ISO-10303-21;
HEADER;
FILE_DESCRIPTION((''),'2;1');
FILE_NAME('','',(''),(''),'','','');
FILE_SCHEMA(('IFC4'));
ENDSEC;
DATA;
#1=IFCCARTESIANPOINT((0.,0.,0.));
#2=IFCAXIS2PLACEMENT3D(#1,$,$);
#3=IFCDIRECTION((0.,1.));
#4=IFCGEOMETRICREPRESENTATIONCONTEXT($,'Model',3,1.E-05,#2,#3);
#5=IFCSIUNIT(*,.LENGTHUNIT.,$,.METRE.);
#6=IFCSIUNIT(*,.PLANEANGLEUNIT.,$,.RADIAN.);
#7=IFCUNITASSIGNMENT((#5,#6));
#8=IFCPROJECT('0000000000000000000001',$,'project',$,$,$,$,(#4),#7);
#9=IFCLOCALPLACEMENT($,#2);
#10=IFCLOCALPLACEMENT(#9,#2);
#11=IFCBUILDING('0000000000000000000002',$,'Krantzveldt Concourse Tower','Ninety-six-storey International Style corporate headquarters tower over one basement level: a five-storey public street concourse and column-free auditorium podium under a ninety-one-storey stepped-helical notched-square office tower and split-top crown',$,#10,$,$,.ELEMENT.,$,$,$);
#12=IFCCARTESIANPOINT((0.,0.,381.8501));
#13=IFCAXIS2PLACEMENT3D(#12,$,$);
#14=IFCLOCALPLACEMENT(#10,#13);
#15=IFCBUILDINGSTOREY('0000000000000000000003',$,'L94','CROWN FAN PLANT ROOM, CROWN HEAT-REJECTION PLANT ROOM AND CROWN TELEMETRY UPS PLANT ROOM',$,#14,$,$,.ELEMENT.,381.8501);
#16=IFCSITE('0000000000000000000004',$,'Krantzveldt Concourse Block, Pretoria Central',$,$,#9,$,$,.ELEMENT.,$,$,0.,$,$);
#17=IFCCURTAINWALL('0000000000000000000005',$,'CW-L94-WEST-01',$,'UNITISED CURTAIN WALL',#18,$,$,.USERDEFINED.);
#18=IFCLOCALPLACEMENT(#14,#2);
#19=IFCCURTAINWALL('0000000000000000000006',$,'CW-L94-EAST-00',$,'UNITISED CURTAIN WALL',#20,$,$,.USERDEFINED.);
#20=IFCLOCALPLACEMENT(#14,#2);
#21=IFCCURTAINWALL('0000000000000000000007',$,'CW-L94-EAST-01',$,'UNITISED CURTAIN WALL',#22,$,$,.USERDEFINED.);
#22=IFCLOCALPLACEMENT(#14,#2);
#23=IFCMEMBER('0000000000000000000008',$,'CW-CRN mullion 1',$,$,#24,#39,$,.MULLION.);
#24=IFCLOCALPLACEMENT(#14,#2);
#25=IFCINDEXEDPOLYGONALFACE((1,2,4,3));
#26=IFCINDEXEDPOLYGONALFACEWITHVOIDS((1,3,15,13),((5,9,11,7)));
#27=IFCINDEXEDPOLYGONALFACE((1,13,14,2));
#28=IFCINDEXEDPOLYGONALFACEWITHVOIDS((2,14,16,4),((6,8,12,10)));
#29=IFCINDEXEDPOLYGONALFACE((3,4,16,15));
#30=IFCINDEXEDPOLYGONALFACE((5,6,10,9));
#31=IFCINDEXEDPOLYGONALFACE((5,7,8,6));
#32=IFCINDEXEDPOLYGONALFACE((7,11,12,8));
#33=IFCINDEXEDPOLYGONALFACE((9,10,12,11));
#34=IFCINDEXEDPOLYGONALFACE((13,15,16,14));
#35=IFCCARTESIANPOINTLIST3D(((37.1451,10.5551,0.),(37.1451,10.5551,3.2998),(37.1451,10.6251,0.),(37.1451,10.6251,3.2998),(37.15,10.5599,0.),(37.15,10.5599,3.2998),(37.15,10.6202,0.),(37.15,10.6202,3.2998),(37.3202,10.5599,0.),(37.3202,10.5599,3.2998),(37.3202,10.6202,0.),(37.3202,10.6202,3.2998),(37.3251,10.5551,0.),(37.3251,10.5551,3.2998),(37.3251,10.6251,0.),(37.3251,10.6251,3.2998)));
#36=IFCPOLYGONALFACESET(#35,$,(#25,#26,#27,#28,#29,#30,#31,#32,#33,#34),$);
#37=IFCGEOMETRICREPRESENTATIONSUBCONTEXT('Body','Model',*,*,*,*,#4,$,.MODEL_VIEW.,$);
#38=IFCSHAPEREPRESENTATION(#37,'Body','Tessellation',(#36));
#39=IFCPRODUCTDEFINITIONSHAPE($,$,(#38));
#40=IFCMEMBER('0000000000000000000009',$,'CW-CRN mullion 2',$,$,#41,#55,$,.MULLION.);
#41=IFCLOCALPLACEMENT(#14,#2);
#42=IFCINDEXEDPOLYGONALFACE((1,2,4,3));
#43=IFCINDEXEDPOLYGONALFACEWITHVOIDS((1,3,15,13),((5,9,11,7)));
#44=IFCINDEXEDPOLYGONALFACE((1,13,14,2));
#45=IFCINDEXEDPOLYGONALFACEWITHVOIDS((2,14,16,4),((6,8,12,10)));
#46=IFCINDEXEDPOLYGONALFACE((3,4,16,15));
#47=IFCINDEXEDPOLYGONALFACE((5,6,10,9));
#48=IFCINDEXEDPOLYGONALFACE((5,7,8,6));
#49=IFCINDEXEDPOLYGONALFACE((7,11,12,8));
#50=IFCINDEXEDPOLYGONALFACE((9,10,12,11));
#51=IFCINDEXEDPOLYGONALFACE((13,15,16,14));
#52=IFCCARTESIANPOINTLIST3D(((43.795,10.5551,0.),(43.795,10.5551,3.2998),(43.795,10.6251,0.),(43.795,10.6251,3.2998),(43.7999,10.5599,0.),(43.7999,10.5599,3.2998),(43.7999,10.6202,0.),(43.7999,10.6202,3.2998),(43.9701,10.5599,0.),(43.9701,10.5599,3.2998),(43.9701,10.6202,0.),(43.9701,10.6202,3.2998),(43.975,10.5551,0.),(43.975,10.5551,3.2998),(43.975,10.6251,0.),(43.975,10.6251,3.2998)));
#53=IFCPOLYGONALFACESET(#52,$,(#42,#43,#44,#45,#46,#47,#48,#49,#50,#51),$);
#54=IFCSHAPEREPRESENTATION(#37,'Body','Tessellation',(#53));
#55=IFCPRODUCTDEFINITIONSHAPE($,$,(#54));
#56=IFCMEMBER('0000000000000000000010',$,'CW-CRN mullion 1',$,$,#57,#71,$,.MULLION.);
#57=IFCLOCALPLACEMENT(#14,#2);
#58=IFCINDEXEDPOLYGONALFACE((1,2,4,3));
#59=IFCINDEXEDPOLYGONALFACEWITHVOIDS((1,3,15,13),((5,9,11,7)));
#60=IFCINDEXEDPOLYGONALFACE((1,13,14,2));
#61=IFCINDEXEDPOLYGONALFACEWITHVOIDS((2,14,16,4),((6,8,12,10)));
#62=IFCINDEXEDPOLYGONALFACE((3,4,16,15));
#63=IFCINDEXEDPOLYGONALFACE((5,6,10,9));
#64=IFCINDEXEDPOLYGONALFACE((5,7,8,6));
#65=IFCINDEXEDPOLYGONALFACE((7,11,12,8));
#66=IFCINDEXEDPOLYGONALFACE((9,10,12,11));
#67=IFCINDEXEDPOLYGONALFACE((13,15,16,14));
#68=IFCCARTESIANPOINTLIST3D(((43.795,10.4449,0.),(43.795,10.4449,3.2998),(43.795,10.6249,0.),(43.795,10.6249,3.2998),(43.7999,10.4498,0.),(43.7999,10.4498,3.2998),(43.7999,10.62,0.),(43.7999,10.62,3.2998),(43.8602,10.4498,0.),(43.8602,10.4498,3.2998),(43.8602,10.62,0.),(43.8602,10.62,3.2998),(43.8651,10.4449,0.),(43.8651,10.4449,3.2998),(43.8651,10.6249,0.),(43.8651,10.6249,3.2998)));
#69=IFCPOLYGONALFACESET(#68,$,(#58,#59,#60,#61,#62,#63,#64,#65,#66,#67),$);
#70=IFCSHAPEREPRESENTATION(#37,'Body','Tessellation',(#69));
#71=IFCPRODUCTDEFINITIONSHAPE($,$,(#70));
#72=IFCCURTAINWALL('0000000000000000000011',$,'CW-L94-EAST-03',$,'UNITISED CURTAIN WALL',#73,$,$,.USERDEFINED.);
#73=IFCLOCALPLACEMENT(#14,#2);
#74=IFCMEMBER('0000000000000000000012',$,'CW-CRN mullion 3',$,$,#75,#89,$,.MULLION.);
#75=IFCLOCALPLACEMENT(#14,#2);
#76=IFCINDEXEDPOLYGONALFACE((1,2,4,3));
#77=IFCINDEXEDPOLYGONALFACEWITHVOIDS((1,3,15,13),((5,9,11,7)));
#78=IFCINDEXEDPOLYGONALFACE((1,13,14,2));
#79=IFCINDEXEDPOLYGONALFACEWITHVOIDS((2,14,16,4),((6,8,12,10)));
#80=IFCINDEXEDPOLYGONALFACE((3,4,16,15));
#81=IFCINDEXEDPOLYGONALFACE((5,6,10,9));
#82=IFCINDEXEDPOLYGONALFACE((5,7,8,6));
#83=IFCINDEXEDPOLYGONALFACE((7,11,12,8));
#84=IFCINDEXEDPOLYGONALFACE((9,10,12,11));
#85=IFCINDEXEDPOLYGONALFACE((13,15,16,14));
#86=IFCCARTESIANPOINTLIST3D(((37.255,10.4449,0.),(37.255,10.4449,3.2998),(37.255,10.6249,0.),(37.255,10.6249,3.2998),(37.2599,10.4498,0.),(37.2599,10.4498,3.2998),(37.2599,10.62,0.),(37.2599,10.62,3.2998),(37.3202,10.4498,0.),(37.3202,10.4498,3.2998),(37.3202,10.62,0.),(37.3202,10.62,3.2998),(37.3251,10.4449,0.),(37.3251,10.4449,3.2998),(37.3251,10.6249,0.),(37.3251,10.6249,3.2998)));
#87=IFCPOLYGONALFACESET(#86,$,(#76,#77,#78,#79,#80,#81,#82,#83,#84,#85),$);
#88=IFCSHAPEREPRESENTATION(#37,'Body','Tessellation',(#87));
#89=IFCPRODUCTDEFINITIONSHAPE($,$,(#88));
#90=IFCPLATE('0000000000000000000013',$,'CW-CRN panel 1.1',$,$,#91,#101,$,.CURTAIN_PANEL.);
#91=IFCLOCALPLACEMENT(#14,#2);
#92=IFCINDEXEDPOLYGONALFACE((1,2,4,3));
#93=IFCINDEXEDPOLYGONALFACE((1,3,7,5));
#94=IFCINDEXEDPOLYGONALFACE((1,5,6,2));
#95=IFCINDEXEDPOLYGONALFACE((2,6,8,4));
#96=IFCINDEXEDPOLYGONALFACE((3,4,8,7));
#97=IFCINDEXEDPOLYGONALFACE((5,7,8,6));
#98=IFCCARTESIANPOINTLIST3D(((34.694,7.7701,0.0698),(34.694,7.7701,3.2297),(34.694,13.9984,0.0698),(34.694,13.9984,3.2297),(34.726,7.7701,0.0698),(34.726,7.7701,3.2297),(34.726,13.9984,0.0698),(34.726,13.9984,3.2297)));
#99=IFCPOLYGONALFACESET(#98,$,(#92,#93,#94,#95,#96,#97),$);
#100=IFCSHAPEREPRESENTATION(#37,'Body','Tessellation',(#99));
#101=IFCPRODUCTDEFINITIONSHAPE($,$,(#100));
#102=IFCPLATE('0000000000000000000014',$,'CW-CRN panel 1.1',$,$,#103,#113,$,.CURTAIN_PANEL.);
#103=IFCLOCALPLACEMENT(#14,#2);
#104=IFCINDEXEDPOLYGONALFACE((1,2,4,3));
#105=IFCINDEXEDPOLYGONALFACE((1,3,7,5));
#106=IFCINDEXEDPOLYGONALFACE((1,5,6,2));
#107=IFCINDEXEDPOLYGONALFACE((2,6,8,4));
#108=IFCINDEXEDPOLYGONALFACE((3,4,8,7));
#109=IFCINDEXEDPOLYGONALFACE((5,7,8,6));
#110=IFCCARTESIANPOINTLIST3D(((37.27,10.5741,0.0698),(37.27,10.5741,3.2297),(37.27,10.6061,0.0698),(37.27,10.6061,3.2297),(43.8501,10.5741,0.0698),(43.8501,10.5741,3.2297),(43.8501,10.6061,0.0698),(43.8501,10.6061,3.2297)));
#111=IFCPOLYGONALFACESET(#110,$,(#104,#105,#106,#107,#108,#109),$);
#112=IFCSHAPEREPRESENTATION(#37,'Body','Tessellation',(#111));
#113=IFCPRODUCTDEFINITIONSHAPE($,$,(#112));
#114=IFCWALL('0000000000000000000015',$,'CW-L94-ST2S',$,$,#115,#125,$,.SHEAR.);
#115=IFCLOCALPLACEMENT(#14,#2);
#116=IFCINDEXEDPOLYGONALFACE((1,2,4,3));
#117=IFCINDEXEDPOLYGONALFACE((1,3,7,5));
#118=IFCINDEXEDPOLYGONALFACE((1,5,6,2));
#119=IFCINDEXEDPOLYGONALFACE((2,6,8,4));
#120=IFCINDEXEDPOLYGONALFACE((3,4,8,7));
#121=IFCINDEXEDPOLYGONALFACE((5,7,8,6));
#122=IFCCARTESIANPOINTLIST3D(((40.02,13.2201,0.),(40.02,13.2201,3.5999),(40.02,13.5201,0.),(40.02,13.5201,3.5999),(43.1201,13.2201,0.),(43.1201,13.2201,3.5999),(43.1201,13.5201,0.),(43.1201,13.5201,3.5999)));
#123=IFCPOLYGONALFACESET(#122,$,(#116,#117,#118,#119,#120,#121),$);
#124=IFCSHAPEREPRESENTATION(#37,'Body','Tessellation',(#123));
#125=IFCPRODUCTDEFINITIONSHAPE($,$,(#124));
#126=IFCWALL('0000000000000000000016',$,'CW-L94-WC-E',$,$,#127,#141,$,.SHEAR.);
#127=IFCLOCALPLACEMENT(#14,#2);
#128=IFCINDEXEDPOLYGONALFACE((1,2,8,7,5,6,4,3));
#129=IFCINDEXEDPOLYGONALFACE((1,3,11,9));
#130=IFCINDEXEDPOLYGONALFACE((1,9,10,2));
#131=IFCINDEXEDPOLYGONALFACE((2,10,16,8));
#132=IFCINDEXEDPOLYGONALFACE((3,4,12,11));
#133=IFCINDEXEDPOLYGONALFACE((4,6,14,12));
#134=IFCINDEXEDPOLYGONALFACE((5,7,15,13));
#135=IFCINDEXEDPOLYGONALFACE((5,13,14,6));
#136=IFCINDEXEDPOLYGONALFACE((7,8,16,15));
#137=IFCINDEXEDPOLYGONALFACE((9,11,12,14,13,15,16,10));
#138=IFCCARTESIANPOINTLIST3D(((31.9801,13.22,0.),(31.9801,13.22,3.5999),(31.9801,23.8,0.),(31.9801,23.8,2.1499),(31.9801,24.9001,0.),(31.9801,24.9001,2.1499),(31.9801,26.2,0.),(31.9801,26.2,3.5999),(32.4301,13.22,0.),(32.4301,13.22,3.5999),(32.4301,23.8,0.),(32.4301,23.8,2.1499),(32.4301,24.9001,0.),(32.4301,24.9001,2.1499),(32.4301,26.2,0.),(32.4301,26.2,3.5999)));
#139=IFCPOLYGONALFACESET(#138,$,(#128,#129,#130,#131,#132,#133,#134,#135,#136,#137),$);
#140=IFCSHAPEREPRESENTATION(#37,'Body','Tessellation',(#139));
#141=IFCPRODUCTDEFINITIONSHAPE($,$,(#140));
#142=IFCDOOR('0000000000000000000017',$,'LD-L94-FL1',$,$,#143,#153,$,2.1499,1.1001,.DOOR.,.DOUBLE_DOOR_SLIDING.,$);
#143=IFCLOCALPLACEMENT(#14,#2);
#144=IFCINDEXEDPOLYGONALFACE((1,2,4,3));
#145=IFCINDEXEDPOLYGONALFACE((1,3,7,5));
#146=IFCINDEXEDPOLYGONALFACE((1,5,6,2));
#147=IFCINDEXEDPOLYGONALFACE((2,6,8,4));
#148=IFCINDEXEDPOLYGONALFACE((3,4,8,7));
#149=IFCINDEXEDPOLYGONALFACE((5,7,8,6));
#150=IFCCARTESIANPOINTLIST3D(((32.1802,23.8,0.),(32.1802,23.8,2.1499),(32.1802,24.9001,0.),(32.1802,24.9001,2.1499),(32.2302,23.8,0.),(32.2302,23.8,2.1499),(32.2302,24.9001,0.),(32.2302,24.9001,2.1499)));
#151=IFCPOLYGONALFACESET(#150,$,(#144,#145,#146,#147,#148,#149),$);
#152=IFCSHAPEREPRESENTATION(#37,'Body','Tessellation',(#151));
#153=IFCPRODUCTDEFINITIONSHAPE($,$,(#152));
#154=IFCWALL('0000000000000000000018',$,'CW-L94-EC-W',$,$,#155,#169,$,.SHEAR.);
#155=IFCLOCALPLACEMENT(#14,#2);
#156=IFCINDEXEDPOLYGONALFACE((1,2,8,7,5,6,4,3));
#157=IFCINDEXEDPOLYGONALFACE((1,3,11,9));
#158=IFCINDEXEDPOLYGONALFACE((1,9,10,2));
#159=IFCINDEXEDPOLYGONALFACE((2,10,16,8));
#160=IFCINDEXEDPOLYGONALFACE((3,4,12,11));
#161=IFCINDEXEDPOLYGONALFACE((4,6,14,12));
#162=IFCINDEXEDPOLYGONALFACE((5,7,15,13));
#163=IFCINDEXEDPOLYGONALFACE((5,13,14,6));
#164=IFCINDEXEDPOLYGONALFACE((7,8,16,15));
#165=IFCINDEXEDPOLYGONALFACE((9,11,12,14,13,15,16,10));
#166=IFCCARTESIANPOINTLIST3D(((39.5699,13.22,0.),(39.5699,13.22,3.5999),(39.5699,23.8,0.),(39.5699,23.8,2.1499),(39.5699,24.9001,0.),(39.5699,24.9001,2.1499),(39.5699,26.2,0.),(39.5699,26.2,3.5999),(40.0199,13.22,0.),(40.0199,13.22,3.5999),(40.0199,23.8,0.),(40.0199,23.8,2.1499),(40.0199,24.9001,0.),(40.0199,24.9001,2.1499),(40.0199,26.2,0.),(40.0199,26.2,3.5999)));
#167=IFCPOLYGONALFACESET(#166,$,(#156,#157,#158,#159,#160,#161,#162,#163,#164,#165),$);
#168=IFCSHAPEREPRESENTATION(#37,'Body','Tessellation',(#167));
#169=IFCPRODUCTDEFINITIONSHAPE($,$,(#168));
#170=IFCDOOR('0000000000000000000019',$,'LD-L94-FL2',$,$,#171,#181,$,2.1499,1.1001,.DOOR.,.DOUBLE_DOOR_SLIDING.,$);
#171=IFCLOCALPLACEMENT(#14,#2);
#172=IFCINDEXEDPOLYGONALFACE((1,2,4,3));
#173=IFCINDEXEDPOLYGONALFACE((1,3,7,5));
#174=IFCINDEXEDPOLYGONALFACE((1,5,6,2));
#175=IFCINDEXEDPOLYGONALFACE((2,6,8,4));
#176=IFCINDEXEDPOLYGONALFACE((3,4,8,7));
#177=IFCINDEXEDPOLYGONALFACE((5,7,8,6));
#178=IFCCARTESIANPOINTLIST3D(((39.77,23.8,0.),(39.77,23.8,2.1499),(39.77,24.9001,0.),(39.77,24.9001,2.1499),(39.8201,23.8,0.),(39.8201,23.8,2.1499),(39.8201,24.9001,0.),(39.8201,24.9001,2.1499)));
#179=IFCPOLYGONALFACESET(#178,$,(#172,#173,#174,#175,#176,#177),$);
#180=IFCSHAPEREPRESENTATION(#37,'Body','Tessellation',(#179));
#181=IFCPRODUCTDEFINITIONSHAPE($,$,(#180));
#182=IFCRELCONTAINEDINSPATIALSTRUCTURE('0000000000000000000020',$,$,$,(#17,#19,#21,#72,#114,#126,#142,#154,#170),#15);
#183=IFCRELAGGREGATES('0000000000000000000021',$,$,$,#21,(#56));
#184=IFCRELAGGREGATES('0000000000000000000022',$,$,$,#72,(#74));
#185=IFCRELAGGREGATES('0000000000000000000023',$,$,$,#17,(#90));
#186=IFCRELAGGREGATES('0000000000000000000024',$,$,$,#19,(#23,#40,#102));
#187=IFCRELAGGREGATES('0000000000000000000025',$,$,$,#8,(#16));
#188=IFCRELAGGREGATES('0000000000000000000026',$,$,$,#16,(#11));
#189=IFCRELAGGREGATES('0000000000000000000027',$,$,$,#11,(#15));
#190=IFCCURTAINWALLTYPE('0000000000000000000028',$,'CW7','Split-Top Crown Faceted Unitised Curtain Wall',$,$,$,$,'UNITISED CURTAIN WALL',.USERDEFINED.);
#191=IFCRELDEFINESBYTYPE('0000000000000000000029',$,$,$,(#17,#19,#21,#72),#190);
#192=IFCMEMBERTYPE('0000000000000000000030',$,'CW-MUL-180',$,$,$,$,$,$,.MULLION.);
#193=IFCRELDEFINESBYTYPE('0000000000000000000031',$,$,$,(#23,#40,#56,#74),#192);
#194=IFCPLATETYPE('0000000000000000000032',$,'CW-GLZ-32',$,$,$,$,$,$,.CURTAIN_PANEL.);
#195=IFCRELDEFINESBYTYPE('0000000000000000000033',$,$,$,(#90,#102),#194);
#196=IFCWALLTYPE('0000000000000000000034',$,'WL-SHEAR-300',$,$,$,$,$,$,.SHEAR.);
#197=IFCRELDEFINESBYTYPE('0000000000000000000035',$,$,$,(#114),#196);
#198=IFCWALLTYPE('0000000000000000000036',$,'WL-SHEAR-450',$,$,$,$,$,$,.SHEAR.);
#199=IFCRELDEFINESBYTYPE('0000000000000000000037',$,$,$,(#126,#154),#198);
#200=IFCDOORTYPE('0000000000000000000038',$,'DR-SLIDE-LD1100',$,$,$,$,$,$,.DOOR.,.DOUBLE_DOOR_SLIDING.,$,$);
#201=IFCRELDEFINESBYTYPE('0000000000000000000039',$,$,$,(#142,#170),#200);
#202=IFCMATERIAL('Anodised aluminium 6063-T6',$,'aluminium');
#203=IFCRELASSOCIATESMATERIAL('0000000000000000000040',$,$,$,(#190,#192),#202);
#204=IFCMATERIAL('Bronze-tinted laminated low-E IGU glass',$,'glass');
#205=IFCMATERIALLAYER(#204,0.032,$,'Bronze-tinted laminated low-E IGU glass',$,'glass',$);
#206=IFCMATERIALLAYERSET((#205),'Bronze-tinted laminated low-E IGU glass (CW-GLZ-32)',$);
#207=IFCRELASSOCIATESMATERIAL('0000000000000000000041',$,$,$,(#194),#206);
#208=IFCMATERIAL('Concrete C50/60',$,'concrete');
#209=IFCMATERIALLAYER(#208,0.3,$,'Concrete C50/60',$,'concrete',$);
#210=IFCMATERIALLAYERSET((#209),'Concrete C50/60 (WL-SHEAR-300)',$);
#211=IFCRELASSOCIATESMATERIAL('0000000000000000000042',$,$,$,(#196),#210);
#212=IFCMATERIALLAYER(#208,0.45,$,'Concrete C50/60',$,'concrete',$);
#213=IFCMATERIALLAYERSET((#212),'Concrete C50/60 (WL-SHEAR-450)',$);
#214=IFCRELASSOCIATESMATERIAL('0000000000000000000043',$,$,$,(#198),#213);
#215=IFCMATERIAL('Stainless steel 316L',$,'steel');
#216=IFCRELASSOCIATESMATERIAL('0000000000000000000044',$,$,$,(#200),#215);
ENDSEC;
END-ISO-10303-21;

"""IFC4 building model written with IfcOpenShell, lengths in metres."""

from ifc_helpers import new_model, si_unit, direction, frame, frame_2d, origin, origin_2d, place, context, subcontext, project, spatial, rectangle, hollow_rectangle, extrude, source, transform, mapped, material, layer, layer_set, material_profile, profile_set, type_object, type_shapes, element, fill, aggregate, save


model = new_model("IFC4")

# Units and contexts
model_context = context("Model", 3, precision=1e-05, world=origin(), true_north=direction((0.0, 1.0)))
body_context = subcontext(model_context, "Body", "Model", "MODEL_VIEW")
ifc_project = project(units=[si_unit("LENGTHUNIT", "METRE"), si_unit("PLANEANGLEUNIT", "RADIAN")], contexts=[model_context])

# Site, building, storey
site_placement = place(None, origin())
site = spatial("IfcSite", under=ifc_project, at=site_placement, Name="Krantzveldt Concourse Block, Pretoria Central", CompositionType="ELEMENT", RefElevation=0.0)
building_placement = place(site_placement, origin())
building = spatial("IfcBuilding", under=site, at=building_placement, Name="Krantzveldt Concourse Tower", Description="Ninety-six-storey International Style corporate headquarters tower over one basement level: a five-storey public street concourse and column-free auditorium podium under a ninety-one-storey stepped-helical notched-square office tower and split-top crown", CompositionType="ELEMENT")
storey_placement = place(building_placement, frame((0.0, 0.0, 381.8501)))
storey = spatial("IfcBuildingStorey", under=building, at=storey_placement, Name="L94", Description="CROWN FAN PLANT ROOM, CROWN HEAT-REJECTION PLANT ROOM AND CROWN TELEMETRY UPS PLANT ROOM", CompositionType="ELEMENT", Elevation=381.8501)

# Curtain walls
ifc_material_1 = material(Name="Anodised aluminium 6063-T6", Category="aluminium")
curtain_wall_type = type_object("IfcCurtainWallType", Name="CW7", Description="Split-Top Crown Faceted Unitised Curtain Wall", ElementType="UNITISED CURTAIN WALL", PredefinedType="USERDEFINED", material=ifc_material_1)
curtain_wall_1_placement = place(storey_placement, origin())
curtain_wall_1 = element("IfcCurtainWall", 1, at=curtain_wall_1_placement, inside=storey, type_object=curtain_wall_type, Name="CW-L94-WEST-01", ObjectType="UNITISED CURTAIN WALL", PredefinedType="USERDEFINED")
curtain_wall_2_placement = place(storey_placement, origin())
curtain_wall_2 = element("IfcCurtainWall", 2, at=curtain_wall_2_placement, inside=storey, type_object=curtain_wall_type, Name="CW-L94-EAST-00", ObjectType="UNITISED CURTAIN WALL", PredefinedType="USERDEFINED")
curtain_wall_3_placement = place(storey_placement, origin())
curtain_wall_3 = element("IfcCurtainWall", 3, at=curtain_wall_3_placement, inside=storey, type_object=curtain_wall_type, Name="CW-L94-EAST-01", ObjectType="UNITISED CURTAIN WALL", PredefinedType="USERDEFINED")

# Shared definitions
ifc_material_profile_1 = material_profile(ifc_material_1, hollow_rectangle(XDim=0.0701, YDim=0.1799, WallThickness=0.0049, at=origin_2d()), Name="Anodised aluminium 6063-T6", Category="aluminium")
ifc_profile_set_1 = profile_set([ifc_material_profile_1], Name="Anodised aluminium 6063-T6 - ALU-MULL 180x70x5")
member_type_1 = type_object("IfcMemberType", Name="CW-MUL-180", PredefinedType="MULLION", material=ifc_profile_set_1)
shared_shape_1 = source(origin(), body_context, "Body", "SweptSolid", [
    extrude(hollow_rectangle(XDim=0.0701, YDim=0.1799, WallThickness=0.0049, at=origin_2d()), origin(), (0.0, 0.0, 1.0), 3.2998),
])
type_shapes(member_type_1, [shared_shape_1])

# Members
member_1_placement = place(storey_placement, frame((37.2351, 10.5901, 0.0), z_axis=(0.0, 0.0, 1.0), x_axis=(0.0, 1.0, 0.0)))
member_1 = element("IfcMember", 4, at=member_1_placement, type_object=member_type_1, Name="CW-CRN mullion 1", PredefinedType="MULLION", context=body_context, shape_type="MappedRepresentation", body=[
    mapped(shared_shape_1, transform((0.0, 0.0, 0.0), x_axis=(1.0, 0.0, 0.0), y_axis=(0.0, 1.0, 0.0), z_axis=(0.0, 0.0, 1.0), scale=1.0)),
])
member_2_placement = place(storey_placement, frame((43.885, 10.5901, 0.0), z_axis=(0.0, 0.0, 1.0), x_axis=(0.0, 1.0, 0.0)))
member_2 = element("IfcMember", 5, at=member_2_placement, type_object=member_type_1, Name="CW-CRN mullion 2", PredefinedType="MULLION", context=body_context, shape_type="MappedRepresentation", body=[
    mapped(shared_shape_1, transform((0.0, 0.0, 0.0), x_axis=(1.0, 0.0, 0.0), y_axis=(0.0, 1.0, 0.0), z_axis=(0.0, 0.0, 1.0), scale=1.0)),
])
member_3_placement = place(storey_placement, frame((43.8301, 10.5349, 0.0), z_axis=(0.0, 0.0, 1.0), x_axis=(-1.0, 0.0, 0.0)))
member_3 = element("IfcMember", 6, at=member_3_placement, type_object=member_type_1, Name="CW-CRN mullion 1", PredefinedType="MULLION", context=body_context, shape_type="MappedRepresentation", body=[
    mapped(shared_shape_1, transform((0.0, 0.0, 0.0), x_axis=(1.0, 0.0, 0.0), y_axis=(0.0, 1.0, 0.0), z_axis=(0.0, 0.0, 1.0), scale=1.0)),
])
aggregate(curtain_wall_3, [member_3])

# Curtain wall, member
curtain_wall_4_placement = place(storey_placement, origin())
curtain_wall_4 = element("IfcCurtainWall", 7, at=curtain_wall_4_placement, inside=storey, type_object=curtain_wall_type, Name="CW-L94-EAST-03", ObjectType="UNITISED CURTAIN WALL", PredefinedType="USERDEFINED")
member_4_placement = place(storey_placement, frame((37.29, 10.5349, 0.0), z_axis=(0.0, 0.0, 1.0), x_axis=(1.0, 0.0, 0.0)))
member_4 = element("IfcMember", 8, at=member_4_placement, type_object=member_type_1, Name="CW-CRN mullion 3", PredefinedType="MULLION", context=body_context, shape_type="MappedRepresentation", body=[
    mapped(shared_shape_1, transform((0.0, 0.0, 0.0), x_axis=(1.0, 0.0, 0.0), y_axis=(0.0, 1.0, 0.0), z_axis=(0.0, 0.0, 1.0), scale=1.0)),
])
aggregate(curtain_wall_4, [member_4])

# Plates
ifc_material_2 = material(Name="Bronze-tinted laminated low-E IGU glass", Category="glass")
ifc_layer_1 = layer(ifc_material_2, 0.032, Name="Bronze-tinted laminated low-E IGU glass", Category="glass")
ifc_layer_set_1 = layer_set([ifc_layer_1], Name="Bronze-tinted laminated low-E IGU glass (CW-GLZ-32)")
plate_type = type_object("IfcPlateType", Name="CW-GLZ-32", PredefinedType="CURTAIN_PANEL", material=ifc_layer_set_1)
shared_shape_2 = source(origin(), body_context, "Body", "SweptSolid", [
    extrude(rectangle(XDim=6.2283, YDim=0.032, at=origin_2d()), origin(), (0.0, 0.0, 1.0), 3.1599),
])
plate_1_placement = place(storey_placement, frame((34.71, 10.8843, 0.0698), z_axis=(0.0, 0.0, 1.0), x_axis=(0.0, 1.0, 0.0)))
plate_1 = element("IfcPlate", 9, at=plate_1_placement, type_object=plate_type, Name="CW-CRN panel 1.1", PredefinedType="CURTAIN_PANEL", context=body_context, shape_type="MappedRepresentation", body=[
    mapped(shared_shape_2, transform((0.0, 0.0, 0.0), x_axis=(1.0, 0.0, 0.0), y_axis=(0.0, 1.0, 0.0), z_axis=(0.0, 0.0, 1.0), scale=1.0)),
])
aggregate(curtain_wall_1, [plate_1])
shared_shape_3 = source(origin(), body_context, "Body", "SweptSolid", [
    extrude(rectangle(XDim=6.5801, YDim=0.032, at=origin_2d()), origin(), (0.0, 0.0, 1.0), 3.1599),
])
type_shapes(plate_type, [shared_shape_2, shared_shape_3])
plate_2_placement = place(storey_placement, frame((40.5601, 10.5901, 0.0698), z_axis=(0.0, 0.0, 1.0), x_axis=(1.0, 0.0, 0.0)))
plate_2 = element("IfcPlate", 10, at=plate_2_placement, type_object=plate_type, Name="CW-CRN panel 1.1", PredefinedType="CURTAIN_PANEL", context=body_context, shape_type="MappedRepresentation", body=[
    mapped(shared_shape_3, transform((0.0, 0.0, 0.0), x_axis=(1.0, 0.0, 0.0), y_axis=(0.0, 1.0, 0.0), z_axis=(0.0, 0.0, 1.0), scale=1.0)),
])
aggregate(curtain_wall_2, [member_1, member_2, plate_2])

# Wall
ifc_material_3 = material(Name="Concrete C50/60", Category="concrete")
ifc_layer_2 = layer(ifc_material_3, 0.3, Name="Concrete C50/60", Category="concrete")
ifc_layer_set_2 = layer_set([ifc_layer_2], Name="Concrete C50/60 (WL-SHEAR-300)")
wall_type_1 = type_object("IfcWallType", Name="WL-SHEAR-300", PredefinedType="SHEAR", material=ifc_layer_set_2)
wall_1_placement = place(storey_placement, frame((40.02, 13.3701, 0.0), z_axis=(0.0, 0.0, 1.0), x_axis=(1.0, 0.0, 0.0)))
element("IfcWall", 11, at=wall_1_placement, inside=storey, type_object=wall_type_1, Name="CW-L94-ST2S", PredefinedType="SHEAR", context=body_context, shape_type="SweptSolid", body=[
    extrude(rectangle(XDim=3.1001, YDim=0.3, at=frame_2d((1.55, 0.0))), origin(), (0.0, 0.0, 1.0), 3.5999),
])

# Walls, openings, doors
ifc_layer_3 = layer(ifc_material_3, 0.45, Name="Concrete C50/60", Category="concrete")
ifc_layer_set_3 = layer_set([ifc_layer_3], Name="Concrete C50/60 (WL-SHEAR-450)")
wall_type_2 = type_object("IfcWallType", Name="WL-SHEAR-450", PredefinedType="SHEAR", material=ifc_layer_set_3)
wall_2_placement = place(storey_placement, frame((32.2051, 13.22, 0.0), z_axis=(0.0, 0.0, 1.0), x_axis=(0.0, 1.0, 0.0)))
wall_2 = element("IfcWall", 12, at=wall_2_placement, inside=storey, type_object=wall_type_2, Name="CW-L94-WC-E", PredefinedType="SHEAR", context=body_context, shape_type="SweptSolid", body=[
    extrude(rectangle(XDim=12.98, YDim=0.45, at=frame_2d((6.49, 0.0))), origin(), (0.0, 0.0, 1.0), 3.5999),
])
opening_1_placement = place(wall_2_placement, frame((10.5801, 0.0, 0.0)))
opening_1 = element("IfcOpeningElement", 13, at=opening_1_placement, cuts=wall_2, PredefinedType="OPENING", context=body_context, shape_type="SweptSolid", body=[
    extrude(rectangle(XDim=1.1001, YDim=2.1499, at=frame_2d((0.55, 1.075))), frame((0.0, 0.2349, 0.0), z_axis=(0.0, -1.0, 0.0), x_axis=(1.0, 0.0, 0.0)), (0.0, 0.0, 1.0), 0.47),
])
ifc_material_4 = material(Name="Stainless steel 316L", Category="steel")
door_type = type_object("IfcDoorType", Name="DR-SLIDE-LD1100", OperationType="DOUBLE_DOOR_SLIDING", PredefinedType="DOOR", material=ifc_material_4)
door_1_placement = place(opening_1_placement, origin())
door_1 = element("IfcDoor", 14, at=door_1_placement, inside=storey, type_object=door_type, Name="LD-L94-FL1", OperationType="DOUBLE_DOOR_SLIDING", OverallHeight=2.1499, OverallWidth=1.1001, PredefinedType="DOOR", context=body_context, shape_type="SweptSolid", body=[
    extrude(rectangle(XDim=1.1001, YDim=2.1499, at=frame_2d((0.55, 1.075))), frame((0.0, 0.0249, 0.0), z_axis=(0.0, -1.0, 0.0), x_axis=(1.0, 0.0, 0.0)), (0.0, 0.0, 1.0), 0.05),
])
fill(opening_1, door_1)
wall_3_placement = place(storey_placement, frame((39.7949, 13.22, 0.0), z_axis=(0.0, 0.0, 1.0), x_axis=(0.0, 1.0, 0.0)))
wall_3 = element("IfcWall", 15, at=wall_3_placement, inside=storey, type_object=wall_type_2, Name="CW-L94-EC-W", PredefinedType="SHEAR", context=body_context, shape_type="SweptSolid", body=[
    extrude(rectangle(XDim=12.98, YDim=0.45, at=frame_2d((6.49, 0.0))), origin(), (0.0, 0.0, 1.0), 3.5999),
])
opening_2_placement = place(wall_3_placement, frame((10.5801, 0.0, 0.0)))
opening_2 = element("IfcOpeningElement", 16, at=opening_2_placement, cuts=wall_3, PredefinedType="OPENING", context=body_context, shape_type="SweptSolid", body=[
    extrude(rectangle(XDim=1.1001, YDim=2.1499, at=frame_2d((0.55, 1.075))), frame((0.0, 0.2349, 0.0), z_axis=(0.0, -1.0, 0.0), x_axis=(1.0, 0.0, 0.0)), (0.0, 0.0, 1.0), 0.47),
])
door_2_placement = place(opening_2_placement, origin())
door_2 = element("IfcDoor", 17, at=door_2_placement, inside=storey, type_object=door_type, Name="LD-L94-FL2", OperationType="DOUBLE_DOOR_SLIDING", OverallHeight=2.1499, OverallWidth=1.1001, PredefinedType="DOOR", context=body_context, shape_type="SweptSolid", body=[
    extrude(rectangle(XDim=1.1001, YDim=2.1499, at=frame_2d((0.55, 1.075))), frame((0.0, 0.0249, 0.0), z_axis=(0.0, -1.0, 0.0), x_axis=(1.0, 0.0, 0.0)), (0.0, 0.0, 1.0), 0.05),
])
fill(opening_2, door_2)

save(model, "model.ifc")
